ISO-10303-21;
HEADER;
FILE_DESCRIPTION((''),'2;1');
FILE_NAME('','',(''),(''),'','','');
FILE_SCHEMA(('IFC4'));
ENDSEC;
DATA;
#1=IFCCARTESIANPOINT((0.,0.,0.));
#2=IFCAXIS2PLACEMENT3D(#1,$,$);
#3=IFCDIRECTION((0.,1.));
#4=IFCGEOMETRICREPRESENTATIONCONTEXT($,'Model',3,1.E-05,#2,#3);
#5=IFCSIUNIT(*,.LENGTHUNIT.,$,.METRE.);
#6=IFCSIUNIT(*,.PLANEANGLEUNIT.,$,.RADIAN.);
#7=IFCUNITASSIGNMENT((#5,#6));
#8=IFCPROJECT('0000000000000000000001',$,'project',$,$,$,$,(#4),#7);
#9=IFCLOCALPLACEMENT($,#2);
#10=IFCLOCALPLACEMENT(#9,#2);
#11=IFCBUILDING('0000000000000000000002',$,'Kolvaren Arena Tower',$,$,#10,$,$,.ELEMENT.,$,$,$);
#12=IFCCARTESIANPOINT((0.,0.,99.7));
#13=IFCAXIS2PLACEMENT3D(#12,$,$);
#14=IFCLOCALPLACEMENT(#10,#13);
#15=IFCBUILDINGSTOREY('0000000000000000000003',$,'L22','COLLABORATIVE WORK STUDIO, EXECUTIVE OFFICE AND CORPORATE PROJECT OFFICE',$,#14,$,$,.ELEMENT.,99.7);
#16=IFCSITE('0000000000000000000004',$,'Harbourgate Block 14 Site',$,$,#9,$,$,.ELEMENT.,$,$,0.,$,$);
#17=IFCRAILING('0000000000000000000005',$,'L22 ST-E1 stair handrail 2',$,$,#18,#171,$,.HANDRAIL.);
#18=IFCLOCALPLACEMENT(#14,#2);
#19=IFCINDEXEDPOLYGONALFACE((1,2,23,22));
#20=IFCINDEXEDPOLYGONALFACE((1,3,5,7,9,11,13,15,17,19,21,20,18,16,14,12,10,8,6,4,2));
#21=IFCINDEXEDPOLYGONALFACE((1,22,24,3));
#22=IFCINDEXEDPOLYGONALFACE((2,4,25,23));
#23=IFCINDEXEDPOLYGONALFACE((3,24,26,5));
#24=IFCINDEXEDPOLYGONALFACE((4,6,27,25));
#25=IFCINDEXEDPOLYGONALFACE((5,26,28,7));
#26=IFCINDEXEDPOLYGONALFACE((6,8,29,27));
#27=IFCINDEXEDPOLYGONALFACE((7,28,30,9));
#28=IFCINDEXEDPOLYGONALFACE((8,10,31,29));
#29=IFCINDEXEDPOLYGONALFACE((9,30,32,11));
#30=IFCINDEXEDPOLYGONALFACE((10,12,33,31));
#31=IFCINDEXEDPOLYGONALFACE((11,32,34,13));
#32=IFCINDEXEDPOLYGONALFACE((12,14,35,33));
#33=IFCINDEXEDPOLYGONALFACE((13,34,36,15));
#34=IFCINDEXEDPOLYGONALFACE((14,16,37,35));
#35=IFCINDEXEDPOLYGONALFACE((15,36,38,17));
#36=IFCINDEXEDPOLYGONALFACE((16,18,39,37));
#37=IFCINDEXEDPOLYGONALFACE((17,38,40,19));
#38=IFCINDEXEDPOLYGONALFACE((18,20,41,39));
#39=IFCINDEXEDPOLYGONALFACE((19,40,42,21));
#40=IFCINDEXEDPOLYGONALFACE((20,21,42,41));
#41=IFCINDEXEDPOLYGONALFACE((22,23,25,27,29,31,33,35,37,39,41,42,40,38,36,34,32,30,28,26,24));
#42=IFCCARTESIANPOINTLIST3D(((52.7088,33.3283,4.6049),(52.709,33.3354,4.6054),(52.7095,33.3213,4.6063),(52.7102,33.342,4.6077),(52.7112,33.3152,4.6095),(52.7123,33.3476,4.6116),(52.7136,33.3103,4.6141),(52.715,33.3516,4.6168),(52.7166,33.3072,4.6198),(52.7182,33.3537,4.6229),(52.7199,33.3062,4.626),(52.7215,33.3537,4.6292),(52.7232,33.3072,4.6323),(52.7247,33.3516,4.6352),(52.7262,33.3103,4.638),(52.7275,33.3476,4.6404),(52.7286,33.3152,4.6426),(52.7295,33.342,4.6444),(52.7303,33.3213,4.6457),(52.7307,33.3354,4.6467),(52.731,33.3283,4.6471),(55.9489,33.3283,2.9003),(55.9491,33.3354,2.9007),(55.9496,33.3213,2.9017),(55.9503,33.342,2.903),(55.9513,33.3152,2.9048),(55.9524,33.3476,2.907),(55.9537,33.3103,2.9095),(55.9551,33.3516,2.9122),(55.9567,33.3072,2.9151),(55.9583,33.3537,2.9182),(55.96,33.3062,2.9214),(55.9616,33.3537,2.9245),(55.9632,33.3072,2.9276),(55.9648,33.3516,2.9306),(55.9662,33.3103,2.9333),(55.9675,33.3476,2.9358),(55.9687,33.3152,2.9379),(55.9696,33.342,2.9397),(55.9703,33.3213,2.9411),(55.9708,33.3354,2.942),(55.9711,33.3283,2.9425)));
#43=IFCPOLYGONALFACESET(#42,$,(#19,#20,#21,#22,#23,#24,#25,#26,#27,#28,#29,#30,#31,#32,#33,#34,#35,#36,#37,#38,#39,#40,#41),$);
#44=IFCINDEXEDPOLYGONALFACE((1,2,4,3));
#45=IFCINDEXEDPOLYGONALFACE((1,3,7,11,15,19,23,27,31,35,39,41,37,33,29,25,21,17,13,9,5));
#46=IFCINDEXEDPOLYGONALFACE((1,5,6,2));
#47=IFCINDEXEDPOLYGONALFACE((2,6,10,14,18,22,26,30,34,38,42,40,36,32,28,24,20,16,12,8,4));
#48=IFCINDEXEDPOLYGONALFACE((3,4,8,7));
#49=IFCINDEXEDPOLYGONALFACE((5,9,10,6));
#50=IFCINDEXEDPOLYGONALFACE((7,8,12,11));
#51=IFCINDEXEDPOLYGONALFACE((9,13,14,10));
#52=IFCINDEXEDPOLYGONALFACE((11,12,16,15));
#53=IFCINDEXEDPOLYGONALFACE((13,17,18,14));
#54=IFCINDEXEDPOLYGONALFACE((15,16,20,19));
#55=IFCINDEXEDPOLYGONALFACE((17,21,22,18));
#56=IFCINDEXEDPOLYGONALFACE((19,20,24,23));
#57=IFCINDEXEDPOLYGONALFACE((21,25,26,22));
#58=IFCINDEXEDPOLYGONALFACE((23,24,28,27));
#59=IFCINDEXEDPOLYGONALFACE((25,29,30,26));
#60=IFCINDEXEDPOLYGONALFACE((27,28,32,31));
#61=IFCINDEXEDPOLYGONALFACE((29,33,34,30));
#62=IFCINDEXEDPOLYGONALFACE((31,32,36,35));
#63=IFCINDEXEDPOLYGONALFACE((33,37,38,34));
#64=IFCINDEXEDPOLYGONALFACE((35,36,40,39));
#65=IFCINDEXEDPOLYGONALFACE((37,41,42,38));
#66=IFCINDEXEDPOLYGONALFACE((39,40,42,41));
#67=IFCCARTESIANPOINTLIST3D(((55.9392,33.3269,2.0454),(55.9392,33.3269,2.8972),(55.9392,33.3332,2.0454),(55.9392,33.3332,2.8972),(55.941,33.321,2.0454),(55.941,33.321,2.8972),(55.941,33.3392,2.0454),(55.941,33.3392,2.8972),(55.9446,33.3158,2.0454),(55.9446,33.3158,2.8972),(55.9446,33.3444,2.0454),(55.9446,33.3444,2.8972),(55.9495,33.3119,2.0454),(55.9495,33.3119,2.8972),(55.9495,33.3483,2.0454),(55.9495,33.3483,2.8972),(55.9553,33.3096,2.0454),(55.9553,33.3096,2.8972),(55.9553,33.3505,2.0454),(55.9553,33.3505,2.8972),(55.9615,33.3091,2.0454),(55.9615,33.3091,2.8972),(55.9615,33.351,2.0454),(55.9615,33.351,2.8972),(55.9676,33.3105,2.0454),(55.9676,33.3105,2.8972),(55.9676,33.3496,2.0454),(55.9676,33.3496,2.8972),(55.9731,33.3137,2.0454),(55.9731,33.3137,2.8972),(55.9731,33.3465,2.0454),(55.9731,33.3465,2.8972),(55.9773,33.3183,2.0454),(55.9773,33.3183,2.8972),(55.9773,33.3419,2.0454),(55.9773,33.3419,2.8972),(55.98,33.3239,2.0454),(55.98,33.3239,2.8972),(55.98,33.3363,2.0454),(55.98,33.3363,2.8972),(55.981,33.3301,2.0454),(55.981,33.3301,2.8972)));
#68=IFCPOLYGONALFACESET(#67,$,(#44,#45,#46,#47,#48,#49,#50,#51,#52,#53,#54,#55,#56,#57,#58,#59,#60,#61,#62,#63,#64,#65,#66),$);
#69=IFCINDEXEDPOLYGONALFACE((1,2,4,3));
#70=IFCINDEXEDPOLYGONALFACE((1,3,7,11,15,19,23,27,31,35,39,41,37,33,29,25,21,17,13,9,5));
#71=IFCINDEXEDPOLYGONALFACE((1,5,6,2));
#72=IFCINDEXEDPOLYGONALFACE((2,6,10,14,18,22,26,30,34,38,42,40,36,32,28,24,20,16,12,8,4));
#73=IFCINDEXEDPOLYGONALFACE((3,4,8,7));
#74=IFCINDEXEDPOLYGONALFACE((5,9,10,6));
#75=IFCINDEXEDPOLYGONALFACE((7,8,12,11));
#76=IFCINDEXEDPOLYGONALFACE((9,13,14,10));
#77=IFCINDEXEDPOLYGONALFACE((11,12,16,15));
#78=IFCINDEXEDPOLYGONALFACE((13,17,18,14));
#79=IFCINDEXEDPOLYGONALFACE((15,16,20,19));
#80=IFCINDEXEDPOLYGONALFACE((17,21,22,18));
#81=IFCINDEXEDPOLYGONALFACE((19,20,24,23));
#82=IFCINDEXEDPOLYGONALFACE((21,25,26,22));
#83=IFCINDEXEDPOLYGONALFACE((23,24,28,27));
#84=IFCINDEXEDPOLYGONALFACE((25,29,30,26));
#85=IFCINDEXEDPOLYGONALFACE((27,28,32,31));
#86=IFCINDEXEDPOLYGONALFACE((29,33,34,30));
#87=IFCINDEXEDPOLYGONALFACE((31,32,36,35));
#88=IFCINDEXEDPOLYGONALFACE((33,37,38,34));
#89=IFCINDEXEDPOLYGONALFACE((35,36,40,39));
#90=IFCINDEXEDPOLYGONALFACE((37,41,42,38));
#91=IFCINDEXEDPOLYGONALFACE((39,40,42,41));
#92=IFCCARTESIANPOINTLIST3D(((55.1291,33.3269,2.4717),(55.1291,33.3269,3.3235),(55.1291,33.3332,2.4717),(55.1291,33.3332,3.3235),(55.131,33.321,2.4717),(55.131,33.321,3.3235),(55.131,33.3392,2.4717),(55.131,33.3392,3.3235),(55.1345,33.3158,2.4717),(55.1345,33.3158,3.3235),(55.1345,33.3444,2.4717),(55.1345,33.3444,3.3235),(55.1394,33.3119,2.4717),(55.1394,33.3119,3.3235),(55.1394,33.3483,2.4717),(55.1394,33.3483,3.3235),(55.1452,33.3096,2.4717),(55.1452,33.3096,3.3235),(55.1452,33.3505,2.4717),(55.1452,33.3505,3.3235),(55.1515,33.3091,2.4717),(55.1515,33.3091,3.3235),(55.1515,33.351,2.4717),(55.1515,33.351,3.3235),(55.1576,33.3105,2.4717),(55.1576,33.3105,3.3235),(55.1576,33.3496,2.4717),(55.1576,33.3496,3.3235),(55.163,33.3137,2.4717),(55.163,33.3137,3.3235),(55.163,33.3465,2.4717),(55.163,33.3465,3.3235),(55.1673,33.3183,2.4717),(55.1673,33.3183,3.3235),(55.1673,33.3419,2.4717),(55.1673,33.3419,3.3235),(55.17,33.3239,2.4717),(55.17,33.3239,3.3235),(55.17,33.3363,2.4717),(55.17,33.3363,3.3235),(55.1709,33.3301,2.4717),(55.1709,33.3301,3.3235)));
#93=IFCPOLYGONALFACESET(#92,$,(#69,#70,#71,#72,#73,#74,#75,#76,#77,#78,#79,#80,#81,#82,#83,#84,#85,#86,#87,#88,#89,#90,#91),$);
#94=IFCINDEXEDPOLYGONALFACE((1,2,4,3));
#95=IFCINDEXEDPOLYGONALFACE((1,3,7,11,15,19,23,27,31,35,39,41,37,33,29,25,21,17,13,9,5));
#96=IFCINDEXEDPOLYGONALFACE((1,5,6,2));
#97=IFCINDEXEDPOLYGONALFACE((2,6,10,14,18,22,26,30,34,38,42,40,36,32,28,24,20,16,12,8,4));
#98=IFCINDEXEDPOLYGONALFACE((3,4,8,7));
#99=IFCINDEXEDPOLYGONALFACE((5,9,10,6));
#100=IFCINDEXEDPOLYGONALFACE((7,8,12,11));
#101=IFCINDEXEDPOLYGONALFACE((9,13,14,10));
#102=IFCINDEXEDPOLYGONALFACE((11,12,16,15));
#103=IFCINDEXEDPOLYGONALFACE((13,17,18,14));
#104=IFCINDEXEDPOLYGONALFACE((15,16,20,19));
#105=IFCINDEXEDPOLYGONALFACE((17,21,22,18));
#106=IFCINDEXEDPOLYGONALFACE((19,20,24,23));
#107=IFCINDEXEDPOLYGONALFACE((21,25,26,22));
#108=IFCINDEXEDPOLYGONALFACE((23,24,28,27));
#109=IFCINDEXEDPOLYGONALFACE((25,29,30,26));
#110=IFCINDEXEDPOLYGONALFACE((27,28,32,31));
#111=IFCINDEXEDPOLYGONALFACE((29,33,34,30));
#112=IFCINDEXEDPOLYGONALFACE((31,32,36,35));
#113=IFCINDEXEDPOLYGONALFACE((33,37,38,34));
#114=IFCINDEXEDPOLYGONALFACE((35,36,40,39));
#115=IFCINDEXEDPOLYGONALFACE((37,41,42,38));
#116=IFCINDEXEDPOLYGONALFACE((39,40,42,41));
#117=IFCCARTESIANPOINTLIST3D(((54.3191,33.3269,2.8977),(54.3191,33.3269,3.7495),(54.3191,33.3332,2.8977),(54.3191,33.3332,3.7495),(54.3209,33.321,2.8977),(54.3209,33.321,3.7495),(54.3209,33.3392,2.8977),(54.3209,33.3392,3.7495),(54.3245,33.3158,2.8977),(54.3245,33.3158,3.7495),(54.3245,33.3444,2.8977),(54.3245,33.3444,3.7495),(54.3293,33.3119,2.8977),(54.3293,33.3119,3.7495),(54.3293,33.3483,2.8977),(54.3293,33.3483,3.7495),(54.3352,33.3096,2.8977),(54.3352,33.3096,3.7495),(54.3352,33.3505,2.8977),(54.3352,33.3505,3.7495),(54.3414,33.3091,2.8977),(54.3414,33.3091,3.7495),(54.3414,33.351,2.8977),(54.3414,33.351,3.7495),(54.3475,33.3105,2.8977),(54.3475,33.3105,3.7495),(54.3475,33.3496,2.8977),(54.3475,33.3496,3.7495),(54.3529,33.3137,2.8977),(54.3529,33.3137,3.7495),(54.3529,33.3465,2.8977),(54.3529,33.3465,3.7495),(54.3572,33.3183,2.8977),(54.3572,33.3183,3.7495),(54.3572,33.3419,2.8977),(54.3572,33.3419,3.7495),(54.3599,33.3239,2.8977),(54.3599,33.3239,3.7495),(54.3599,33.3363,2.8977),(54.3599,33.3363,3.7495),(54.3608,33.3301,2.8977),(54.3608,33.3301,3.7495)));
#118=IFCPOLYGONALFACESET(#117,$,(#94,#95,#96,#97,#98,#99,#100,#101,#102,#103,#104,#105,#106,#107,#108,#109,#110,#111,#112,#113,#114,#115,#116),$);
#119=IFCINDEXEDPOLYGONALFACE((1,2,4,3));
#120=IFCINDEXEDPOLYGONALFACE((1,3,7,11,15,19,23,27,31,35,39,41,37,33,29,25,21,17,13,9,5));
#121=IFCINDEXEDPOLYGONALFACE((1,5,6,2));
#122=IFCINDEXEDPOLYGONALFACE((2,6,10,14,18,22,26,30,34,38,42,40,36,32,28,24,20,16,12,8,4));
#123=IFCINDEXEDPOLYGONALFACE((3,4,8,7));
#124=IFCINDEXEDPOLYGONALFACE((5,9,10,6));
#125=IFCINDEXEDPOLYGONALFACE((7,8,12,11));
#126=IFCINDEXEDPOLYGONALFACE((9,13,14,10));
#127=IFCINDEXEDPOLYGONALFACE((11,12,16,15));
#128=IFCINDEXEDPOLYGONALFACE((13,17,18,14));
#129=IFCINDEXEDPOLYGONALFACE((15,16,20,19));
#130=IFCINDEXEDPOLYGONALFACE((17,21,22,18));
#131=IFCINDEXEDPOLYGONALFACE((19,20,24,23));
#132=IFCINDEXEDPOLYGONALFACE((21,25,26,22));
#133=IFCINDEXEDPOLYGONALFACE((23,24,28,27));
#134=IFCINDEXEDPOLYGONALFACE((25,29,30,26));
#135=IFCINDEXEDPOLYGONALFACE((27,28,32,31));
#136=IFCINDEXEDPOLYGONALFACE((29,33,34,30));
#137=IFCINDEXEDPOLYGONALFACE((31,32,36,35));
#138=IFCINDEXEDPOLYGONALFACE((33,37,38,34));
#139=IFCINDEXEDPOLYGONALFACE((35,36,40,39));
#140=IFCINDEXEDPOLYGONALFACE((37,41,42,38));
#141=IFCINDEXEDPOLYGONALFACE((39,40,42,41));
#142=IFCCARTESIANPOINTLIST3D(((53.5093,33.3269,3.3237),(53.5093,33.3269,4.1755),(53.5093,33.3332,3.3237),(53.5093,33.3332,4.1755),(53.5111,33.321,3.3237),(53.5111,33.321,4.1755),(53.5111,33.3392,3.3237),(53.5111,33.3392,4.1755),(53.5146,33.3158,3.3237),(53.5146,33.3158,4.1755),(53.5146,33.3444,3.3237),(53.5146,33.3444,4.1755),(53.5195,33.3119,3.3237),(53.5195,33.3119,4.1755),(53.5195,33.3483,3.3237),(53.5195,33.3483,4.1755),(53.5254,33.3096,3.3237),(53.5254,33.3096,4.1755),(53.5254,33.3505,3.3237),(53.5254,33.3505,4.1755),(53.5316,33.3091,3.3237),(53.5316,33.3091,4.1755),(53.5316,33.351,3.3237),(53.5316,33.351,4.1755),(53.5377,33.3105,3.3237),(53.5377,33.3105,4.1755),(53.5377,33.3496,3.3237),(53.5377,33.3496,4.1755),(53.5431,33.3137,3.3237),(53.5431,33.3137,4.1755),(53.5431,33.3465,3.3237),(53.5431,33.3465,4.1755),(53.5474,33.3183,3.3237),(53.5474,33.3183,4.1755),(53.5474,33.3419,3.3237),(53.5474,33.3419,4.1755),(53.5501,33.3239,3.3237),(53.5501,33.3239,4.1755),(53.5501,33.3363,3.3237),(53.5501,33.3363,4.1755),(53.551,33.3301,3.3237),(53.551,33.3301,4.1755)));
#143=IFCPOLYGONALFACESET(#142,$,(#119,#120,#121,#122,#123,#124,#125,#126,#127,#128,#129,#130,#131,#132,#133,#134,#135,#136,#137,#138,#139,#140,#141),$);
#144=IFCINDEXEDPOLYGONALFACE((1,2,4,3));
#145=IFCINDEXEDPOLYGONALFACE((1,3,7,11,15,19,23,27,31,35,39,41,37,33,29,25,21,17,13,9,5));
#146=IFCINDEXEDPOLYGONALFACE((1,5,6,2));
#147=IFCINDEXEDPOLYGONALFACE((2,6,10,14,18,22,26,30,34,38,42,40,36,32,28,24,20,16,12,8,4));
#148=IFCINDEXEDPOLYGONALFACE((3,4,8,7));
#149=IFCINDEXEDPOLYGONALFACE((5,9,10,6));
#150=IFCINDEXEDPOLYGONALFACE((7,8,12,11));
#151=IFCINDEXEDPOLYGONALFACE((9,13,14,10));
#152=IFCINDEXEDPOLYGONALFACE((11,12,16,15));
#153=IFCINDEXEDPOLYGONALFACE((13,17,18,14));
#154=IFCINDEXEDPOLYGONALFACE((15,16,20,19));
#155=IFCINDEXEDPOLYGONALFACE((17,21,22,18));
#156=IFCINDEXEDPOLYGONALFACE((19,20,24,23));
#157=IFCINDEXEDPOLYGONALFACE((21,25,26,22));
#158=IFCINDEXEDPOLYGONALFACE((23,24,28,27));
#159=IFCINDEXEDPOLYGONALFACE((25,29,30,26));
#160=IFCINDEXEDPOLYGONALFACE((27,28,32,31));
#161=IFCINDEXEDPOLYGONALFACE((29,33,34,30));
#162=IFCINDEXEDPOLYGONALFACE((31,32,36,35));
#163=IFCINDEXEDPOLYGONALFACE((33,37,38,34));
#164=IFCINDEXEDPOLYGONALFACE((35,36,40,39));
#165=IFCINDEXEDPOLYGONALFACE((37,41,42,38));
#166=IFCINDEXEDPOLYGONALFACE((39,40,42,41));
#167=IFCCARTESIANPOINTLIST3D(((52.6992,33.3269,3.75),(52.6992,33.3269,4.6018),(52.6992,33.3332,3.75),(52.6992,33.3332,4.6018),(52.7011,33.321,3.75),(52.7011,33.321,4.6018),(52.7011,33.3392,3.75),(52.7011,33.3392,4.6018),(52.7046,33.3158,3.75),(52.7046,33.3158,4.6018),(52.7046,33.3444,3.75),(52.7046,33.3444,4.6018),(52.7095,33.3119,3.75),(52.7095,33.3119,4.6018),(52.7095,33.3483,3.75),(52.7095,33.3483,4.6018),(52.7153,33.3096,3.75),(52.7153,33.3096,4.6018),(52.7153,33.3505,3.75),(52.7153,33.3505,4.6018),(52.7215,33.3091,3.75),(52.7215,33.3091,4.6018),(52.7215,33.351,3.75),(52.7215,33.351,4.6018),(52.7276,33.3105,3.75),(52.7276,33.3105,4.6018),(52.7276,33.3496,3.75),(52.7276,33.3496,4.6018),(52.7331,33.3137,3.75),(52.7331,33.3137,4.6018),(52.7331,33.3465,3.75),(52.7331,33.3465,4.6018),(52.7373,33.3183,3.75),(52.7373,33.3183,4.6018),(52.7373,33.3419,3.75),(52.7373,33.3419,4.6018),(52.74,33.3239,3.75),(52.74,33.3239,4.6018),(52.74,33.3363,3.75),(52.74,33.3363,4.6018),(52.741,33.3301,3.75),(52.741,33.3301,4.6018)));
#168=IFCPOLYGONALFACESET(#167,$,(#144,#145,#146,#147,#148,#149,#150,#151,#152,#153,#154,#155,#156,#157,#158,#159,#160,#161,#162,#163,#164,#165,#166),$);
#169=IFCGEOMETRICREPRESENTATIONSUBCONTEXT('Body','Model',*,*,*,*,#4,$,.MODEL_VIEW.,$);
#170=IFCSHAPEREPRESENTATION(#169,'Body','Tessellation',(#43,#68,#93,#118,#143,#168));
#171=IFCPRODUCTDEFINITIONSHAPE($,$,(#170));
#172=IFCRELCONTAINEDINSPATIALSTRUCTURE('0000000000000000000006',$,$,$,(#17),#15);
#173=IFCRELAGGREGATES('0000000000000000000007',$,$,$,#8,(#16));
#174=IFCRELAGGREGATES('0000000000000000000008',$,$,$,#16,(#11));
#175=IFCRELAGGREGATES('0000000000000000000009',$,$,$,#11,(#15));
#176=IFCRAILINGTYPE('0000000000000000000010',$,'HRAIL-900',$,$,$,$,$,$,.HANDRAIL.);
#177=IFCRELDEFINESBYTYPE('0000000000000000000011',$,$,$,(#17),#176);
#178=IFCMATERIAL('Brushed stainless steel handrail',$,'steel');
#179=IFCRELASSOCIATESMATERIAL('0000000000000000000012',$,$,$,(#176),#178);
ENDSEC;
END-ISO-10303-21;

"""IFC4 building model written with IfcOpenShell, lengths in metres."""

from ifc_helpers import new_model, si_unit, direction, frame, origin, origin_2d, place, context, subcontext, project, spatial, circle, extrude, material, type_object, element, save


model = new_model("IFC4")

# Units and contexts
model_context = context("Model", 3, precision=1e-05, world=origin(), true_north=direction((0.0, 1.0)))
body_context = subcontext(model_context, "Body", "Model", "MODEL_VIEW")
ifc_project = project(units=[si_unit("LENGTHUNIT", "METRE"), si_unit("PLANEANGLEUNIT", "RADIAN")], contexts=[model_context])

# Site, building, storey
site_placement = place(None, origin())
site = spatial("IfcSite", under=ifc_project, at=site_placement, Name="Harbourgate Block 14 Site", CompositionType="ELEMENT", RefElevation=0.0)
building_placement = place(site_placement, origin())
building = spatial("IfcBuilding", under=site, at=building_placement, Name="Kolvaren Arena Tower", CompositionType="ELEMENT")
storey_placement = place(building_placement, frame((0.0, 0.0, 99.7)))
storey = spatial("IfcBuildingStorey", under=building, at=storey_placement, Name="L22", Description="COLLABORATIVE WORK STUDIO, EXECUTIVE OFFICE AND CORPORATE PROJECT OFFICE", CompositionType="ELEMENT", Elevation=99.7)

# Railing
ifc_material_1 = material(Name="Brushed stainless steel handrail", Category="steel")
railing_type_1 = type_object("IfcRailingType", Name="HRAIL-900", PredefinedType="HANDRAIL", material=ifc_material_1)
for number, where, name in (
    (1, (55.96, 33.3301, 2.0454), "L22 ST-E1 stair handrail 2"),
):
    element("IfcRailing", number, at=place(storey_placement, frame(where)), inside=storey, type_object=railing_type_1, Name=name, PredefinedType="HANDRAIL", context=body_context, shape_type="SweptSolid", body=[
        extrude(circle(Radius=0.0239, at=origin_2d()), frame((0.0, 0.0, 0.876), z_axis=(-0.884993, 0.0, 0.465604), x_axis=(0.0, -1.0, 0.0)), (0.0, 0.0, 1.0), 3.6611),
        extrude(circle(Radius=0.021, at=origin_2d()), origin(), (0.0, 0.0, 1.0), 0.8518),
        extrude(circle(Radius=0.021, at=origin_2d()), frame((-0.8101, 0.0, 0.4263)), (0.0, 0.0, 1.0), 0.8518),
        extrude(circle(Radius=0.021, at=origin_2d()), frame((-1.6201, 0.0, 0.8523)), (0.0, 0.0, 1.0), 0.8518),
        extrude(circle(Radius=0.021, at=origin_2d()), frame((-2.4299, 0.0, 1.2783)), (0.0, 0.0, 1.0), 0.8518),
        extrude(circle(Radius=0.021, at=origin_2d()), frame((-3.24, 0.0, 1.7046)), (0.0, 0.0, 1.0), 0.8518),
    ])

save(model, "model.ifc")
